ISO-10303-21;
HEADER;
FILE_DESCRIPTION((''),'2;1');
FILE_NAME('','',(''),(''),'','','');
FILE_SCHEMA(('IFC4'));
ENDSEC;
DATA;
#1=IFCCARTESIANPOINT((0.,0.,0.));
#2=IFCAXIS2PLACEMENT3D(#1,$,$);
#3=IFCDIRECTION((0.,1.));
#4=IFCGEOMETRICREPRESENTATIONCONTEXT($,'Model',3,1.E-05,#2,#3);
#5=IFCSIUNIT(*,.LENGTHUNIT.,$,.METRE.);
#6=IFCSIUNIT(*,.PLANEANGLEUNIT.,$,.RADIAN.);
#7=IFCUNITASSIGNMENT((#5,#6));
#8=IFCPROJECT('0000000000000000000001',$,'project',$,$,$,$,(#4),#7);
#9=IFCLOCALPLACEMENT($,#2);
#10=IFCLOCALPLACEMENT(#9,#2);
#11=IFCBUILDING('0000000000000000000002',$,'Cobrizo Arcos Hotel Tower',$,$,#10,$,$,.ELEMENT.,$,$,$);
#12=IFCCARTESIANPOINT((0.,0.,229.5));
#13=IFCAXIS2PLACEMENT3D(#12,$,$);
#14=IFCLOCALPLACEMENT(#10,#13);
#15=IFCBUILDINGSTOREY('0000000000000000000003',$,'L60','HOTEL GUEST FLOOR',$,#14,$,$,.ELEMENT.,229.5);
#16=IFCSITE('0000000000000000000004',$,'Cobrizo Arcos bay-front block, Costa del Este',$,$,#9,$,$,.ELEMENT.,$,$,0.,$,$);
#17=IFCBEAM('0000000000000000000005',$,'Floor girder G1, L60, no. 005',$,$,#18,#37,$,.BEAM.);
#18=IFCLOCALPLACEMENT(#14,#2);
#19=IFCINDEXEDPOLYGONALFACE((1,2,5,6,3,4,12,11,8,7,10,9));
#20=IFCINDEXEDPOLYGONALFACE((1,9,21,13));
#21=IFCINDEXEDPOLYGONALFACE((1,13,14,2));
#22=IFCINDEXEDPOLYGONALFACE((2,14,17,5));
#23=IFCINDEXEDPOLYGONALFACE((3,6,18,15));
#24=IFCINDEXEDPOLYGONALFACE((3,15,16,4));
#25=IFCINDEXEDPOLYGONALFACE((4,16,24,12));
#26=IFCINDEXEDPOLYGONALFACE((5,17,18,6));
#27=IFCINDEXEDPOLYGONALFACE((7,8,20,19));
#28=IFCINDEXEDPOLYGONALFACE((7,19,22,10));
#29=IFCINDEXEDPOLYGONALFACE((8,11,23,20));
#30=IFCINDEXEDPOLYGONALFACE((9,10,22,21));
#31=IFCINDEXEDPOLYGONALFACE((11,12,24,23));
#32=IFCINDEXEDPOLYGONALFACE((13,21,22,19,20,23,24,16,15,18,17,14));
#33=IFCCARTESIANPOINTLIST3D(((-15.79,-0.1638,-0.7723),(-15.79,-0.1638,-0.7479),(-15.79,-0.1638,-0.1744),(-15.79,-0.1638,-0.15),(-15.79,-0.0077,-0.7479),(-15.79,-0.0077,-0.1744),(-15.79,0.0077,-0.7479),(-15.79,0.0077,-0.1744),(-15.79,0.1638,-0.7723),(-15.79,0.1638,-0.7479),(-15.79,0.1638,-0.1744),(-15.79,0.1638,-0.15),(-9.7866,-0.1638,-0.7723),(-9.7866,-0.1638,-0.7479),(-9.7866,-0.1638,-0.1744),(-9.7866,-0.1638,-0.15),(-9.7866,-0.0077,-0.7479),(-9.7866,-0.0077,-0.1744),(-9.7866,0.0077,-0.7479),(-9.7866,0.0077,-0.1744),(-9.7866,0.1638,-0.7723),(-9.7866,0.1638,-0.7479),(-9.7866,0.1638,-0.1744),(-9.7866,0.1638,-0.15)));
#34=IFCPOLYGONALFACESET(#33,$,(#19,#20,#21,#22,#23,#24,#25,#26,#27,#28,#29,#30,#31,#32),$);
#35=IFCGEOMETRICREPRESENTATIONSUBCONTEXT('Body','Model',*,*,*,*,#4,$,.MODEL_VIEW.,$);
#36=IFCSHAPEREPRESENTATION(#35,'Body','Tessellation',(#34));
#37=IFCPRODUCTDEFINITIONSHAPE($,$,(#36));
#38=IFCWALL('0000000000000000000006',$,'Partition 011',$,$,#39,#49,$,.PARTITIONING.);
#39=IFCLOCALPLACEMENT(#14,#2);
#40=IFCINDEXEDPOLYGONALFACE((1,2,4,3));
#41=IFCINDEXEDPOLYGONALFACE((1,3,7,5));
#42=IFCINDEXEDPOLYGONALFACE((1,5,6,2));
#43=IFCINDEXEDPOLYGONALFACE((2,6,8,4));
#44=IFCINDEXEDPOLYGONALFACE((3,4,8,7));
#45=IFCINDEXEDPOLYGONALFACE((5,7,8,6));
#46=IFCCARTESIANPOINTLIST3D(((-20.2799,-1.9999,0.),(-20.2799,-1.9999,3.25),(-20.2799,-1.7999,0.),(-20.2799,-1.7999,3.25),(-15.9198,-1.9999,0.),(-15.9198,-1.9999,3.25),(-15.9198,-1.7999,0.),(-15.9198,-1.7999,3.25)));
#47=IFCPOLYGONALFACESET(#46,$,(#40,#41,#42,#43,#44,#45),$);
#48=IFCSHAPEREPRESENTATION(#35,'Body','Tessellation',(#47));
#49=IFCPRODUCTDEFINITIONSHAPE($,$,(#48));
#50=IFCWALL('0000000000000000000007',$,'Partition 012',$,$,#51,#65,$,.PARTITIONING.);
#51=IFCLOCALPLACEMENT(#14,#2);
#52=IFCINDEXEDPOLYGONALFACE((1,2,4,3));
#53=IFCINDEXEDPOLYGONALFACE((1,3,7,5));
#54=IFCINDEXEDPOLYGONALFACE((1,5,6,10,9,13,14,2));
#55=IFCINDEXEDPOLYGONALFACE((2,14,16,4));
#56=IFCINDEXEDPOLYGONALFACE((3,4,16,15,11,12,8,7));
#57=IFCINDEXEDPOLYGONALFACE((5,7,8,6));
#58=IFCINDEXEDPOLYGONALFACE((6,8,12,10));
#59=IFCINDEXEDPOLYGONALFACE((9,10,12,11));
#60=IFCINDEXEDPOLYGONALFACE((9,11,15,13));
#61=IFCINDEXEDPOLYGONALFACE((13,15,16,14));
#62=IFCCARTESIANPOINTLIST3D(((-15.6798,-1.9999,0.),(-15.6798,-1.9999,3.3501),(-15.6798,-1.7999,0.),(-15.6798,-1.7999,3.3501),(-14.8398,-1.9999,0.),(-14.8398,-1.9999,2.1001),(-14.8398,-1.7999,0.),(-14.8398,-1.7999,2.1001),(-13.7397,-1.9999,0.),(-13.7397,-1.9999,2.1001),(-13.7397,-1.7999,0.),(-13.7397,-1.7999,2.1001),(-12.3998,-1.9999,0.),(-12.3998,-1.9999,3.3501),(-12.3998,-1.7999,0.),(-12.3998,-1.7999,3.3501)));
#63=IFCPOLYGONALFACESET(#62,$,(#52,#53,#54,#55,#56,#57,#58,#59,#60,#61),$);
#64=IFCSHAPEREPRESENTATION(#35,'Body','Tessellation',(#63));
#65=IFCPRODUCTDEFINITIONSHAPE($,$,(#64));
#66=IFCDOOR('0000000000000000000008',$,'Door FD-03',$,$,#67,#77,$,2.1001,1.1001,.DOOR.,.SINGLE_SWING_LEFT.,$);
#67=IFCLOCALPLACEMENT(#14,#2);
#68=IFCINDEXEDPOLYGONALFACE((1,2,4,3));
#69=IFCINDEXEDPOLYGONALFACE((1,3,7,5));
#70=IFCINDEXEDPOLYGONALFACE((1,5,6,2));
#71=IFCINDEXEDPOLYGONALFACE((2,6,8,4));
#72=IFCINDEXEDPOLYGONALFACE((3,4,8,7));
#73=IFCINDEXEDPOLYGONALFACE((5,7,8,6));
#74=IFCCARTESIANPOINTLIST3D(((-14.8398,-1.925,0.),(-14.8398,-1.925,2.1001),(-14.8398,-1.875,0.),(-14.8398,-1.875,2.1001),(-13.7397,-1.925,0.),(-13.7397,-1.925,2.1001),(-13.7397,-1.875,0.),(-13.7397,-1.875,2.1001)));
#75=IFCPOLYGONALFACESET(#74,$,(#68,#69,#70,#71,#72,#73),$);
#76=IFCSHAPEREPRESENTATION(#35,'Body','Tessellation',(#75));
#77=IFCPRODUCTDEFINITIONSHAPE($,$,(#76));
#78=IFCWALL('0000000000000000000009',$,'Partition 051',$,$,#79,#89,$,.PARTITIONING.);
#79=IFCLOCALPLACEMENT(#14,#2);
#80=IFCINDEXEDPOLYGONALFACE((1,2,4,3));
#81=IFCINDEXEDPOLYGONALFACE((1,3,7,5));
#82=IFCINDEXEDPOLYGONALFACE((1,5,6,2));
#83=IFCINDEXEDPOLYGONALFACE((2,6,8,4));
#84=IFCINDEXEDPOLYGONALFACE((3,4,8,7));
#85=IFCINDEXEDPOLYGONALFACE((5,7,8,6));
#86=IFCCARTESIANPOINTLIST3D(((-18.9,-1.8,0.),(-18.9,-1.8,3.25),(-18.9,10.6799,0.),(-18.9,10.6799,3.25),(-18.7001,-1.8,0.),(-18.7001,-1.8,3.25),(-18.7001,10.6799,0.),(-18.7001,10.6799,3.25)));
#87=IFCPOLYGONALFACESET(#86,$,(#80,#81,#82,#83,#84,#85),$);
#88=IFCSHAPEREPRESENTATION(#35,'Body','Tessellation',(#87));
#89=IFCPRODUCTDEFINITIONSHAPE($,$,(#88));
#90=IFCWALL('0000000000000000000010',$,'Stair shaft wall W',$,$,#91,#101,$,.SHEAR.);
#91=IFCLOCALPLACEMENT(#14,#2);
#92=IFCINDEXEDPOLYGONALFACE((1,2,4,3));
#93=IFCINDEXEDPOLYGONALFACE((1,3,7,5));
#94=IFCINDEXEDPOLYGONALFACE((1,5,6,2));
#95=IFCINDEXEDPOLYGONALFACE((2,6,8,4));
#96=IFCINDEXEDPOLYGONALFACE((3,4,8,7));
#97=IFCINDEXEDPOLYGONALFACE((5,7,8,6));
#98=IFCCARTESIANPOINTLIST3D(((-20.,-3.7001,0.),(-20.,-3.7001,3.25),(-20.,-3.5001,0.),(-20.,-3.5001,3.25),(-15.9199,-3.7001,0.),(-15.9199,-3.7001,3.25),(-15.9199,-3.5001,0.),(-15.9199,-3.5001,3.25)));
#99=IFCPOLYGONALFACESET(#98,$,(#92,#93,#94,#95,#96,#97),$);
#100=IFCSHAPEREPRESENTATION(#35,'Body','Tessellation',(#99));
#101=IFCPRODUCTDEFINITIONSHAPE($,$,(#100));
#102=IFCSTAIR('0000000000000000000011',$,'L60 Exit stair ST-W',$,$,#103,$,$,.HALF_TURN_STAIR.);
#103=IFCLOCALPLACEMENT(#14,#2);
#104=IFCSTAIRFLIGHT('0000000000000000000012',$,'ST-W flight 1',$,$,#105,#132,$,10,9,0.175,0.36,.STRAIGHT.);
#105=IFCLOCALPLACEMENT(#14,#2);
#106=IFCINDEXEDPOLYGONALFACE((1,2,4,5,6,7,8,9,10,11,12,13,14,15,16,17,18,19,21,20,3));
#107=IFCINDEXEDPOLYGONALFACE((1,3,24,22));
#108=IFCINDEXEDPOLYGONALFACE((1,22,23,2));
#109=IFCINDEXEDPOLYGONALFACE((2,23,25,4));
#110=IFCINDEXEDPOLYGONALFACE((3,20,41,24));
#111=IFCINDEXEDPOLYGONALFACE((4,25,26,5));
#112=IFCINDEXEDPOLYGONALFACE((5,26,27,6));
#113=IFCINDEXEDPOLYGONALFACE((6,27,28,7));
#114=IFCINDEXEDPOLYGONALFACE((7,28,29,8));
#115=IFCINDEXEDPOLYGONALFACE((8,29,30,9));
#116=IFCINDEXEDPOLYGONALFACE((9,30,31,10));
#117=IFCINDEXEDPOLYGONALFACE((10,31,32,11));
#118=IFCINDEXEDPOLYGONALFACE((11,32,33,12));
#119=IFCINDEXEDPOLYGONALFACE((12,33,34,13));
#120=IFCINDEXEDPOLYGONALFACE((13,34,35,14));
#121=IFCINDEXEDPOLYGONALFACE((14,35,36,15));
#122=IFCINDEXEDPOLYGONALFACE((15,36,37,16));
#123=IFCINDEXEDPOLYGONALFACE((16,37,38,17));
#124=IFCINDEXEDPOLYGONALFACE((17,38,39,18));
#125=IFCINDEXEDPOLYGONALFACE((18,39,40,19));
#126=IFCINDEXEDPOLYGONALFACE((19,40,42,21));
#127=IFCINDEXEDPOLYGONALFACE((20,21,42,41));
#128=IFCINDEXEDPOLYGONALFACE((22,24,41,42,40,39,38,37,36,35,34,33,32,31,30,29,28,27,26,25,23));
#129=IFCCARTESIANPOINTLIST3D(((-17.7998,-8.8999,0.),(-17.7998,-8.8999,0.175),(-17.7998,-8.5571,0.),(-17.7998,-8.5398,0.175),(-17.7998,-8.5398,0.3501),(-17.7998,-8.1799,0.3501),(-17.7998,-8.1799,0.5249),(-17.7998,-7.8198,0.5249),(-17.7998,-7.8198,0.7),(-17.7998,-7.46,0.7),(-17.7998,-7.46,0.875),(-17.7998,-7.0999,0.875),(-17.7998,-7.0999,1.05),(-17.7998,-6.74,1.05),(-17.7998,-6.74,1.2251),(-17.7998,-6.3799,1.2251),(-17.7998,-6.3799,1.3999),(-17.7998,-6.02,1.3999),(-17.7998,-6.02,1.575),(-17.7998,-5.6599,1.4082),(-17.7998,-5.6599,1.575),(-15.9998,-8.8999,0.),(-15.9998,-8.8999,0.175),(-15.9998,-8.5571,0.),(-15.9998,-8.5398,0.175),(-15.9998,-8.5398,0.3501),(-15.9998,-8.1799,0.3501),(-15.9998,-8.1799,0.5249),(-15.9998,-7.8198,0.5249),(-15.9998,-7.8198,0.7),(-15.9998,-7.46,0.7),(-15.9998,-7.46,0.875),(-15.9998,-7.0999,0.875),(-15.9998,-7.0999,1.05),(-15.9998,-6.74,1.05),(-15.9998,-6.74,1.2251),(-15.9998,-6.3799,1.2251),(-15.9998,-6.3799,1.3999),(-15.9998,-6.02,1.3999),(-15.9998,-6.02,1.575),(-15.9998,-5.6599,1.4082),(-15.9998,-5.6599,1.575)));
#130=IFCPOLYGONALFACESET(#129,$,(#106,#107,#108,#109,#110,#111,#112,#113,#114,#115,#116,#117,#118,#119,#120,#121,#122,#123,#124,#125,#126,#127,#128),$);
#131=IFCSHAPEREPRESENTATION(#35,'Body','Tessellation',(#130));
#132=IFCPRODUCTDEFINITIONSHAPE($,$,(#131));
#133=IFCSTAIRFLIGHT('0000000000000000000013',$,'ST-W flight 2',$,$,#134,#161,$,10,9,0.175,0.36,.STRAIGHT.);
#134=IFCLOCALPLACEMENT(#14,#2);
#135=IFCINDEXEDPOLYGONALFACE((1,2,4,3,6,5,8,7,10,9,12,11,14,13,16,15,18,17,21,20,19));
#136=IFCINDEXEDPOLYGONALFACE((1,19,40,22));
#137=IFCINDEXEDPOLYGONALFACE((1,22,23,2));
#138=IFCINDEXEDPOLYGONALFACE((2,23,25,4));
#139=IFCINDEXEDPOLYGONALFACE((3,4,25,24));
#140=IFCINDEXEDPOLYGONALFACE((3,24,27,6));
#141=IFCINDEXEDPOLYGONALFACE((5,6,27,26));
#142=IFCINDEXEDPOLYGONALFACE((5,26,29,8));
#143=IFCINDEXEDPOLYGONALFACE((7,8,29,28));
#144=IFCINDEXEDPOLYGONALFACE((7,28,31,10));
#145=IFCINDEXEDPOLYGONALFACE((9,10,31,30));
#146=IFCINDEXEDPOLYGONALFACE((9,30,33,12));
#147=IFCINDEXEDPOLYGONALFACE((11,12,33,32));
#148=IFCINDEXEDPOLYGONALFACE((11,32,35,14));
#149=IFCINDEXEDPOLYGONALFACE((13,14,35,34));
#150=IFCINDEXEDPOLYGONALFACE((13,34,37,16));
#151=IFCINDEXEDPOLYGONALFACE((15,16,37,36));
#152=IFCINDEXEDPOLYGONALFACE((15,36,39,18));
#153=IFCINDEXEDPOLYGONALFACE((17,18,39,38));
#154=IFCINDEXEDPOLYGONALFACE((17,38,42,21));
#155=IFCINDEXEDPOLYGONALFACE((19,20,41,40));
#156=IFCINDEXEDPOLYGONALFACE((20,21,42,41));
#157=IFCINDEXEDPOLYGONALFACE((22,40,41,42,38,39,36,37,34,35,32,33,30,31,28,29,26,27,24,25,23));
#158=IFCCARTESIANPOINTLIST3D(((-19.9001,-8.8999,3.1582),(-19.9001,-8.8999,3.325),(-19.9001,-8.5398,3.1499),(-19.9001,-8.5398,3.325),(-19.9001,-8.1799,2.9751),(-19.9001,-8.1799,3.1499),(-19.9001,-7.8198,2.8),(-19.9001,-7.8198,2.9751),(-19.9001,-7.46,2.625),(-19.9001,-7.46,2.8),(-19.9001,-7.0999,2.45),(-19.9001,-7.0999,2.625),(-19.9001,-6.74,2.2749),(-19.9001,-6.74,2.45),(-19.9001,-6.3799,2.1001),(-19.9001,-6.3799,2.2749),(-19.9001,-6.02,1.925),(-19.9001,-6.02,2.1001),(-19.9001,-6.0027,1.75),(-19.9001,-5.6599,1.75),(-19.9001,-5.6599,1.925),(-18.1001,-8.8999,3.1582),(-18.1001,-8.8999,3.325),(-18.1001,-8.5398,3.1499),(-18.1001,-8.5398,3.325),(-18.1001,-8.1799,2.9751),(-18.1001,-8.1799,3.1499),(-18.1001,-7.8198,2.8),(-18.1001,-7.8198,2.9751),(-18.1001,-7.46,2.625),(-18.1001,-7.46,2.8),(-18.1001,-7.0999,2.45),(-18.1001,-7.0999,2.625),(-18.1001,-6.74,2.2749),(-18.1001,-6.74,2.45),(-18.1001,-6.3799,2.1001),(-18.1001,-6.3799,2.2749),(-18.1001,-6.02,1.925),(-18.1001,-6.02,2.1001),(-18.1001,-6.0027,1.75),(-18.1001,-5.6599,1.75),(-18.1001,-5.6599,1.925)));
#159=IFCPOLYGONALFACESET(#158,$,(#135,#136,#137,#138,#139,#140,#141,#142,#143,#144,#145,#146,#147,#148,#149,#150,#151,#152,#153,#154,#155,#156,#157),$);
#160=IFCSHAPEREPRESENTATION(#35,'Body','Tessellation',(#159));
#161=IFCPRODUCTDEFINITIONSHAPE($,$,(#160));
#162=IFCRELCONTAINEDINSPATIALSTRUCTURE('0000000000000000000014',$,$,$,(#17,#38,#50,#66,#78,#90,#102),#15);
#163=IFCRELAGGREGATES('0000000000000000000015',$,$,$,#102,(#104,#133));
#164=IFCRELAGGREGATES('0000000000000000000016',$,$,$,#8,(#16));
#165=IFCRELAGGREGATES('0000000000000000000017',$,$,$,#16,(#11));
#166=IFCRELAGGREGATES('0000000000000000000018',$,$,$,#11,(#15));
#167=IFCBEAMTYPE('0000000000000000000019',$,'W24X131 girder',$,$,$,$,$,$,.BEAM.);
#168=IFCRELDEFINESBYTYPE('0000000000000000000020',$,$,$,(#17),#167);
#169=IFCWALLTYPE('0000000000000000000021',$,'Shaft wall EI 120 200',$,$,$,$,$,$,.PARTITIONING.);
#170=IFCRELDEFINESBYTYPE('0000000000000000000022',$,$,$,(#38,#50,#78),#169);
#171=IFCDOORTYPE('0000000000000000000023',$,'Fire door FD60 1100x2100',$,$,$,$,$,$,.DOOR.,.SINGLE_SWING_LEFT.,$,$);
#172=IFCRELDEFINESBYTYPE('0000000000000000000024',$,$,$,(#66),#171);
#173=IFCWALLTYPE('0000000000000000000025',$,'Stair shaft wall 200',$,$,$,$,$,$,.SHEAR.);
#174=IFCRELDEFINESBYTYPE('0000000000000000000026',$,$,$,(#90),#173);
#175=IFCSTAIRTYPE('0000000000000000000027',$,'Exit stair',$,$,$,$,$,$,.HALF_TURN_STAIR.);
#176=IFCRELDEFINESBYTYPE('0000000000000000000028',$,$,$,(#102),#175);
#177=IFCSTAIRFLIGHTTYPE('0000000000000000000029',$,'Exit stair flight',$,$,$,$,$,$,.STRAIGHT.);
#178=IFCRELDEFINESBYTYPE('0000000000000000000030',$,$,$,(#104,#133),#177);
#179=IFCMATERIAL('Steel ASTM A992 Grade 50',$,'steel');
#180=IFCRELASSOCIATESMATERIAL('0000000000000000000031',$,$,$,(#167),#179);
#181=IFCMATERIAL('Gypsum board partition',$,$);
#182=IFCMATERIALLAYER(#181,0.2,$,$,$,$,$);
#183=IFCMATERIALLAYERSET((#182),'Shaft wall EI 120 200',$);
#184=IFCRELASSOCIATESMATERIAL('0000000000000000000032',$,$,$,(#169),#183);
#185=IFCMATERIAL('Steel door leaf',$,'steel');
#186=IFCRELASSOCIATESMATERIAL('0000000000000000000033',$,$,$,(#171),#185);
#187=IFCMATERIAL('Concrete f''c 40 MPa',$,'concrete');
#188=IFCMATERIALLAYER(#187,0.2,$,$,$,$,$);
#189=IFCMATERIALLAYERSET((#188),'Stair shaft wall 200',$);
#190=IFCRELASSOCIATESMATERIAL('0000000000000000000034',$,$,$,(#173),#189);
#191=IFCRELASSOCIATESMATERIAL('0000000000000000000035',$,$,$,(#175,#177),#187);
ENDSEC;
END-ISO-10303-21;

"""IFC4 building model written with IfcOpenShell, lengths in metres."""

from ifc_helpers import new_model, si_unit, direction, frame, frame_2d, origin, origin_2d, place, context, subcontext, project, spatial, polyline, rectangle, i_section, outline, extrude, material, layer, layer_set, material_profile, profile_set, type_object, element, fill, aggregate, save


model = new_model("IFC4")

# Units and contexts
model_context = context("Model", 3, precision=1e-05, world=origin(), true_north=direction((0.0, 1.0)))
body_context = subcontext(model_context, "Body", "Model", "MODEL_VIEW")
ifc_project = project(units=[si_unit("LENGTHUNIT", "METRE"), si_unit("PLANEANGLEUNIT", "RADIAN")], contexts=[model_context])

# Site, building, storey
site_placement = place(None, origin())
site = spatial("IfcSite", under=ifc_project, at=site_placement, Name="Cobrizo Arcos bay-front block, Costa del Este", CompositionType="ELEMENT", RefElevation=0.0)
building_placement = place(site_placement, origin())
building = spatial("IfcBuilding", under=site, at=building_placement, Name="Cobrizo Arcos Hotel Tower", CompositionType="ELEMENT")
storey_placement = place(building_placement, frame((0.0, 0.0, 229.5)))
storey = spatial("IfcBuildingStorey", under=building, at=storey_placement, Name="L60", Description="HOTEL GUEST FLOOR", CompositionType="ELEMENT", Elevation=229.5)

# Beam
ifc_material_1 = material(Name="Steel ASTM A992 Grade 50", Category="steel")
ifc_material_profile = material_profile(ifc_material_1, i_section(OverallWidth=0.3276, OverallDepth=0.6223, WebThickness=0.0154, FlangeThickness=0.0244, at=origin_2d()), Name="W24X131")
ifc_profile_set = profile_set([ifc_material_profile], Name="Steel ASTM A992 Grade 50")
beam_type = type_object("IfcBeamType", Name="W24X131 girder", PredefinedType="BEAM", material=ifc_profile_set)
beam_placement = place(storey_placement, frame((-15.79, 0.0, -0.4612), z_axis=(1.0, 0.0, 0.0), x_axis=(0.0, 1.0, 0.0)))
element("IfcBeam", 1, at=beam_placement, inside=storey, type_object=beam_type, Name="Floor girder G1, L60, no. 005", PredefinedType="BEAM", context=body_context, shape_type="SweptSolid", body=[
    extrude(i_section(OverallWidth=0.3276, OverallDepth=0.6223, WebThickness=0.0154, FlangeThickness=0.0244, at=origin_2d()), origin(), (0.0, 0.0, 1.0), 6.0034),
])

# Wall
ifc_material_2 = material(Name="Gypsum board partition")
ifc_layer_1 = layer(ifc_material_2, 0.2)
ifc_layer_set_1 = layer_set([ifc_layer_1], Name="Shaft wall EI 120 200")
wall_type_1 = type_object("IfcWallType", Name="Shaft wall EI 120 200", PredefinedType="PARTITIONING", material=ifc_layer_set_1)
wall_1_placement = place(storey_placement, frame((-20.28, -1.8999, 0.0), z_axis=(0.0, 0.0, 1.0), x_axis=(1.0, 0.0, 0.0)))
element("IfcWall", 2, at=wall_1_placement, inside=storey, type_object=wall_type_1, Name="Partition 011", PredefinedType="PARTITIONING", context=body_context, shape_type="SweptSolid", body=[
    extrude(rectangle(XDim=4.3601, YDim=0.2, at=frame_2d((2.1802, 0.0))), origin(), (0.0, 0.0, 1.0), 3.25),
])

# Wall, opening, door
wall_2_placement = place(storey_placement, frame((-15.6799, -1.8999, 0.0), z_axis=(0.0, 0.0, 1.0), x_axis=(1.0, 0.0, 0.0)))
wall_2 = element("IfcWall", 3, at=wall_2_placement, inside=storey, type_object=wall_type_1, Name="Partition 012", PredefinedType="PARTITIONING", context=body_context, shape_type="SweptSolid", body=[
    extrude(rectangle(XDim=3.28, YDim=0.2, at=frame_2d((1.6401, 0.0))), origin(), (0.0, 0.0, 1.0), 3.3501),
])
opening_placement = place(wall_2_placement, frame((0.8401, 0.0, 0.0)))
opening = element("IfcOpeningElement", 4, at=opening_placement, cuts=wall_2, PredefinedType="OPENING", context=body_context, shape_type="SweptSolid", body=[
    extrude(rectangle(XDim=1.1001, YDim=2.1001, at=frame_2d((0.55, 1.05))), frame((0.0, 0.1121, 0.0), z_axis=(0.0, -1.0, 0.0), x_axis=(1.0, 0.0, 0.0)), (0.0, 0.0, 1.0), 0.2239),
])
ifc_material_3 = material(Name="Steel door leaf", Category="steel")
door_type = type_object("IfcDoorType", Name="Fire door FD60 1100x2100", OperationType="SINGLE_SWING_LEFT", PredefinedType="DOOR", material=ifc_material_3)
door_placement = place(opening_placement, origin())
door = element("IfcDoor", 5, at=door_placement, inside=storey, type_object=door_type, Name="Door FD-03", OperationType="SINGLE_SWING_LEFT", OverallHeight=2.1001, OverallWidth=1.1001, PredefinedType="DOOR", context=body_context, shape_type="SweptSolid", body=[
    extrude(rectangle(XDim=1.1001, YDim=2.1001, at=frame_2d((0.55, 1.05))), frame((0.0, 0.0249, 0.0), z_axis=(0.0, -1.0, 0.0), x_axis=(1.0, 0.0, 0.0)), (0.0, 0.0, 1.0), 0.05),
])
fill(opening, door)

# Walls
wall_3_placement = place(storey_placement, frame((-18.8, -1.8, 0.0), z_axis=(0.0, 0.0, 1.0), x_axis=(0.0, 1.0, 0.0)))
element("IfcWall", 6, at=wall_3_placement, inside=storey, type_object=wall_type_1, Name="Partition 051", PredefinedType="PARTITIONING", context=body_context, shape_type="SweptSolid", body=[
    extrude(rectangle(XDim=12.48, YDim=0.2, at=frame_2d((6.24, 0.0))), origin(), (0.0, 0.0, 1.0), 3.25),
])
ifc_material_4 = material(Name="Concrete f'c 40 MPa", Category="concrete")
ifc_layer_2 = layer(ifc_material_4, 0.2)
ifc_layer_set_2 = layer_set([ifc_layer_2], Name="Stair shaft wall 200")
wall_type_2 = type_object("IfcWallType", Name="Stair shaft wall 200", PredefinedType="SHEAR", material=ifc_layer_set_2)
wall_4_placement = place(storey_placement, frame((-20.0, -3.6001, 0.0), z_axis=(0.0, 0.0, 1.0), x_axis=(1.0, 0.0, 0.0)))
element("IfcWall", 7, at=wall_4_placement, inside=storey, type_object=wall_type_2, Name="Stair shaft wall W", PredefinedType="SHEAR", context=body_context, shape_type="SweptSolid", body=[
    extrude(rectangle(XDim=4.0801, YDim=0.2, at=frame_2d((2.04, 0.0))), origin(), (0.0, 0.0, 1.0), 3.25),
])

# Stair, stair flights
stair_type = type_object("IfcStairType", Name="Exit stair", PredefinedType="HALF_TURN_STAIR", material=ifc_material_4)
stair_placement = place(storey_placement, origin())
stair = element("IfcStair", 8, at=stair_placement, inside=storey, type_object=stair_type, Name="L60 Exit stair ST-W", PredefinedType="HALF_TURN_STAIR")
stair_flight_type = type_object("IfcStairFlightType", Name="Exit stair flight", PredefinedType="STRAIGHT", material=ifc_material_4)
stair_flight_1_placement = place(storey_placement, frame((-16.8999, -8.8999, 0.0), z_axis=(0.0, 0.0, 1.0), x_axis=(0.0, 1.0, 0.0)))
stair_flight_1 = element("IfcStairFlight", 9, at=stair_flight_1_placement, type_object=stair_flight_type, Name="ST-W flight 1", NumberOfRisers=10, NumberOfTreads=9, PredefinedType="STRAIGHT", RiserHeight=0.175, TreadLength=0.36, context=body_context, shape_type="SweptSolid", body=[
    extrude(outline(polyline([(0.0, 0.0), (0.0, 0.175), (0.3601, 0.175), (0.3601, 0.3501), (0.72, 0.3501), (0.72, 0.5249), (1.0801, 0.5249), (1.0801, 0.7), (1.4399, 0.7), (1.4399, 0.875), (1.8, 0.875), (1.8, 1.05), (2.1599, 1.05), (2.1599, 1.2251), (2.52, 1.2251), (2.52, 1.3999), (2.8799, 1.3999), (2.8799, 1.575), (3.24, 1.575), (3.24, 1.75), (3.24, 1.4082), (0.3428, 0.0), (0.0, 0.0)])), frame((0.0, 0.8999, 0.0), z_axis=(0.0, -1.0, 0.0), x_axis=(1.0, 0.0, 0.0)), (0.0, 0.0, 1.0), 1.8),
])
stair_flight_2_placement = place(storey_placement, frame((-19.0, -5.6599, 1.75), z_axis=(0.0, 0.0, 1.0), x_axis=(0.0, -1.0, 0.0)))
stair_flight_2 = element("IfcStairFlight", 10, at=stair_flight_2_placement, type_object=stair_flight_type, Name="ST-W flight 2", NumberOfRisers=10, NumberOfTreads=9, PredefinedType="STRAIGHT", RiserHeight=0.175, TreadLength=0.36, context=body_context, shape_type="SweptSolid", body=[
    extrude(outline(polyline([(0.0, 0.0), (0.0, 0.175), (0.3601, 0.175), (0.3601, 0.3501), (0.72, 0.3501), (0.72, 0.5249), (1.0801, 0.5249), (1.0801, 0.7), (1.4399, 0.7), (1.4399, 0.875), (1.8, 0.875), (1.8, 1.05), (2.1599, 1.05), (2.1599, 1.2251), (2.52, 1.2251), (2.52, 1.3999), (2.8799, 1.3999), (2.8799, 1.575), (3.24, 1.575), (3.24, 1.75), (3.24, 1.4082), (0.3428, 0.0), (0.0, 0.0)])), frame((0.0, 0.8999, 0.0), z_axis=(0.0, -1.0, 0.0), x_axis=(1.0, 0.0, 0.0)), (0.0, 0.0, 1.0), 1.8),
])
aggregate(stair, [stair_flight_1, stair_flight_2])

save(model, "model.ifc")
